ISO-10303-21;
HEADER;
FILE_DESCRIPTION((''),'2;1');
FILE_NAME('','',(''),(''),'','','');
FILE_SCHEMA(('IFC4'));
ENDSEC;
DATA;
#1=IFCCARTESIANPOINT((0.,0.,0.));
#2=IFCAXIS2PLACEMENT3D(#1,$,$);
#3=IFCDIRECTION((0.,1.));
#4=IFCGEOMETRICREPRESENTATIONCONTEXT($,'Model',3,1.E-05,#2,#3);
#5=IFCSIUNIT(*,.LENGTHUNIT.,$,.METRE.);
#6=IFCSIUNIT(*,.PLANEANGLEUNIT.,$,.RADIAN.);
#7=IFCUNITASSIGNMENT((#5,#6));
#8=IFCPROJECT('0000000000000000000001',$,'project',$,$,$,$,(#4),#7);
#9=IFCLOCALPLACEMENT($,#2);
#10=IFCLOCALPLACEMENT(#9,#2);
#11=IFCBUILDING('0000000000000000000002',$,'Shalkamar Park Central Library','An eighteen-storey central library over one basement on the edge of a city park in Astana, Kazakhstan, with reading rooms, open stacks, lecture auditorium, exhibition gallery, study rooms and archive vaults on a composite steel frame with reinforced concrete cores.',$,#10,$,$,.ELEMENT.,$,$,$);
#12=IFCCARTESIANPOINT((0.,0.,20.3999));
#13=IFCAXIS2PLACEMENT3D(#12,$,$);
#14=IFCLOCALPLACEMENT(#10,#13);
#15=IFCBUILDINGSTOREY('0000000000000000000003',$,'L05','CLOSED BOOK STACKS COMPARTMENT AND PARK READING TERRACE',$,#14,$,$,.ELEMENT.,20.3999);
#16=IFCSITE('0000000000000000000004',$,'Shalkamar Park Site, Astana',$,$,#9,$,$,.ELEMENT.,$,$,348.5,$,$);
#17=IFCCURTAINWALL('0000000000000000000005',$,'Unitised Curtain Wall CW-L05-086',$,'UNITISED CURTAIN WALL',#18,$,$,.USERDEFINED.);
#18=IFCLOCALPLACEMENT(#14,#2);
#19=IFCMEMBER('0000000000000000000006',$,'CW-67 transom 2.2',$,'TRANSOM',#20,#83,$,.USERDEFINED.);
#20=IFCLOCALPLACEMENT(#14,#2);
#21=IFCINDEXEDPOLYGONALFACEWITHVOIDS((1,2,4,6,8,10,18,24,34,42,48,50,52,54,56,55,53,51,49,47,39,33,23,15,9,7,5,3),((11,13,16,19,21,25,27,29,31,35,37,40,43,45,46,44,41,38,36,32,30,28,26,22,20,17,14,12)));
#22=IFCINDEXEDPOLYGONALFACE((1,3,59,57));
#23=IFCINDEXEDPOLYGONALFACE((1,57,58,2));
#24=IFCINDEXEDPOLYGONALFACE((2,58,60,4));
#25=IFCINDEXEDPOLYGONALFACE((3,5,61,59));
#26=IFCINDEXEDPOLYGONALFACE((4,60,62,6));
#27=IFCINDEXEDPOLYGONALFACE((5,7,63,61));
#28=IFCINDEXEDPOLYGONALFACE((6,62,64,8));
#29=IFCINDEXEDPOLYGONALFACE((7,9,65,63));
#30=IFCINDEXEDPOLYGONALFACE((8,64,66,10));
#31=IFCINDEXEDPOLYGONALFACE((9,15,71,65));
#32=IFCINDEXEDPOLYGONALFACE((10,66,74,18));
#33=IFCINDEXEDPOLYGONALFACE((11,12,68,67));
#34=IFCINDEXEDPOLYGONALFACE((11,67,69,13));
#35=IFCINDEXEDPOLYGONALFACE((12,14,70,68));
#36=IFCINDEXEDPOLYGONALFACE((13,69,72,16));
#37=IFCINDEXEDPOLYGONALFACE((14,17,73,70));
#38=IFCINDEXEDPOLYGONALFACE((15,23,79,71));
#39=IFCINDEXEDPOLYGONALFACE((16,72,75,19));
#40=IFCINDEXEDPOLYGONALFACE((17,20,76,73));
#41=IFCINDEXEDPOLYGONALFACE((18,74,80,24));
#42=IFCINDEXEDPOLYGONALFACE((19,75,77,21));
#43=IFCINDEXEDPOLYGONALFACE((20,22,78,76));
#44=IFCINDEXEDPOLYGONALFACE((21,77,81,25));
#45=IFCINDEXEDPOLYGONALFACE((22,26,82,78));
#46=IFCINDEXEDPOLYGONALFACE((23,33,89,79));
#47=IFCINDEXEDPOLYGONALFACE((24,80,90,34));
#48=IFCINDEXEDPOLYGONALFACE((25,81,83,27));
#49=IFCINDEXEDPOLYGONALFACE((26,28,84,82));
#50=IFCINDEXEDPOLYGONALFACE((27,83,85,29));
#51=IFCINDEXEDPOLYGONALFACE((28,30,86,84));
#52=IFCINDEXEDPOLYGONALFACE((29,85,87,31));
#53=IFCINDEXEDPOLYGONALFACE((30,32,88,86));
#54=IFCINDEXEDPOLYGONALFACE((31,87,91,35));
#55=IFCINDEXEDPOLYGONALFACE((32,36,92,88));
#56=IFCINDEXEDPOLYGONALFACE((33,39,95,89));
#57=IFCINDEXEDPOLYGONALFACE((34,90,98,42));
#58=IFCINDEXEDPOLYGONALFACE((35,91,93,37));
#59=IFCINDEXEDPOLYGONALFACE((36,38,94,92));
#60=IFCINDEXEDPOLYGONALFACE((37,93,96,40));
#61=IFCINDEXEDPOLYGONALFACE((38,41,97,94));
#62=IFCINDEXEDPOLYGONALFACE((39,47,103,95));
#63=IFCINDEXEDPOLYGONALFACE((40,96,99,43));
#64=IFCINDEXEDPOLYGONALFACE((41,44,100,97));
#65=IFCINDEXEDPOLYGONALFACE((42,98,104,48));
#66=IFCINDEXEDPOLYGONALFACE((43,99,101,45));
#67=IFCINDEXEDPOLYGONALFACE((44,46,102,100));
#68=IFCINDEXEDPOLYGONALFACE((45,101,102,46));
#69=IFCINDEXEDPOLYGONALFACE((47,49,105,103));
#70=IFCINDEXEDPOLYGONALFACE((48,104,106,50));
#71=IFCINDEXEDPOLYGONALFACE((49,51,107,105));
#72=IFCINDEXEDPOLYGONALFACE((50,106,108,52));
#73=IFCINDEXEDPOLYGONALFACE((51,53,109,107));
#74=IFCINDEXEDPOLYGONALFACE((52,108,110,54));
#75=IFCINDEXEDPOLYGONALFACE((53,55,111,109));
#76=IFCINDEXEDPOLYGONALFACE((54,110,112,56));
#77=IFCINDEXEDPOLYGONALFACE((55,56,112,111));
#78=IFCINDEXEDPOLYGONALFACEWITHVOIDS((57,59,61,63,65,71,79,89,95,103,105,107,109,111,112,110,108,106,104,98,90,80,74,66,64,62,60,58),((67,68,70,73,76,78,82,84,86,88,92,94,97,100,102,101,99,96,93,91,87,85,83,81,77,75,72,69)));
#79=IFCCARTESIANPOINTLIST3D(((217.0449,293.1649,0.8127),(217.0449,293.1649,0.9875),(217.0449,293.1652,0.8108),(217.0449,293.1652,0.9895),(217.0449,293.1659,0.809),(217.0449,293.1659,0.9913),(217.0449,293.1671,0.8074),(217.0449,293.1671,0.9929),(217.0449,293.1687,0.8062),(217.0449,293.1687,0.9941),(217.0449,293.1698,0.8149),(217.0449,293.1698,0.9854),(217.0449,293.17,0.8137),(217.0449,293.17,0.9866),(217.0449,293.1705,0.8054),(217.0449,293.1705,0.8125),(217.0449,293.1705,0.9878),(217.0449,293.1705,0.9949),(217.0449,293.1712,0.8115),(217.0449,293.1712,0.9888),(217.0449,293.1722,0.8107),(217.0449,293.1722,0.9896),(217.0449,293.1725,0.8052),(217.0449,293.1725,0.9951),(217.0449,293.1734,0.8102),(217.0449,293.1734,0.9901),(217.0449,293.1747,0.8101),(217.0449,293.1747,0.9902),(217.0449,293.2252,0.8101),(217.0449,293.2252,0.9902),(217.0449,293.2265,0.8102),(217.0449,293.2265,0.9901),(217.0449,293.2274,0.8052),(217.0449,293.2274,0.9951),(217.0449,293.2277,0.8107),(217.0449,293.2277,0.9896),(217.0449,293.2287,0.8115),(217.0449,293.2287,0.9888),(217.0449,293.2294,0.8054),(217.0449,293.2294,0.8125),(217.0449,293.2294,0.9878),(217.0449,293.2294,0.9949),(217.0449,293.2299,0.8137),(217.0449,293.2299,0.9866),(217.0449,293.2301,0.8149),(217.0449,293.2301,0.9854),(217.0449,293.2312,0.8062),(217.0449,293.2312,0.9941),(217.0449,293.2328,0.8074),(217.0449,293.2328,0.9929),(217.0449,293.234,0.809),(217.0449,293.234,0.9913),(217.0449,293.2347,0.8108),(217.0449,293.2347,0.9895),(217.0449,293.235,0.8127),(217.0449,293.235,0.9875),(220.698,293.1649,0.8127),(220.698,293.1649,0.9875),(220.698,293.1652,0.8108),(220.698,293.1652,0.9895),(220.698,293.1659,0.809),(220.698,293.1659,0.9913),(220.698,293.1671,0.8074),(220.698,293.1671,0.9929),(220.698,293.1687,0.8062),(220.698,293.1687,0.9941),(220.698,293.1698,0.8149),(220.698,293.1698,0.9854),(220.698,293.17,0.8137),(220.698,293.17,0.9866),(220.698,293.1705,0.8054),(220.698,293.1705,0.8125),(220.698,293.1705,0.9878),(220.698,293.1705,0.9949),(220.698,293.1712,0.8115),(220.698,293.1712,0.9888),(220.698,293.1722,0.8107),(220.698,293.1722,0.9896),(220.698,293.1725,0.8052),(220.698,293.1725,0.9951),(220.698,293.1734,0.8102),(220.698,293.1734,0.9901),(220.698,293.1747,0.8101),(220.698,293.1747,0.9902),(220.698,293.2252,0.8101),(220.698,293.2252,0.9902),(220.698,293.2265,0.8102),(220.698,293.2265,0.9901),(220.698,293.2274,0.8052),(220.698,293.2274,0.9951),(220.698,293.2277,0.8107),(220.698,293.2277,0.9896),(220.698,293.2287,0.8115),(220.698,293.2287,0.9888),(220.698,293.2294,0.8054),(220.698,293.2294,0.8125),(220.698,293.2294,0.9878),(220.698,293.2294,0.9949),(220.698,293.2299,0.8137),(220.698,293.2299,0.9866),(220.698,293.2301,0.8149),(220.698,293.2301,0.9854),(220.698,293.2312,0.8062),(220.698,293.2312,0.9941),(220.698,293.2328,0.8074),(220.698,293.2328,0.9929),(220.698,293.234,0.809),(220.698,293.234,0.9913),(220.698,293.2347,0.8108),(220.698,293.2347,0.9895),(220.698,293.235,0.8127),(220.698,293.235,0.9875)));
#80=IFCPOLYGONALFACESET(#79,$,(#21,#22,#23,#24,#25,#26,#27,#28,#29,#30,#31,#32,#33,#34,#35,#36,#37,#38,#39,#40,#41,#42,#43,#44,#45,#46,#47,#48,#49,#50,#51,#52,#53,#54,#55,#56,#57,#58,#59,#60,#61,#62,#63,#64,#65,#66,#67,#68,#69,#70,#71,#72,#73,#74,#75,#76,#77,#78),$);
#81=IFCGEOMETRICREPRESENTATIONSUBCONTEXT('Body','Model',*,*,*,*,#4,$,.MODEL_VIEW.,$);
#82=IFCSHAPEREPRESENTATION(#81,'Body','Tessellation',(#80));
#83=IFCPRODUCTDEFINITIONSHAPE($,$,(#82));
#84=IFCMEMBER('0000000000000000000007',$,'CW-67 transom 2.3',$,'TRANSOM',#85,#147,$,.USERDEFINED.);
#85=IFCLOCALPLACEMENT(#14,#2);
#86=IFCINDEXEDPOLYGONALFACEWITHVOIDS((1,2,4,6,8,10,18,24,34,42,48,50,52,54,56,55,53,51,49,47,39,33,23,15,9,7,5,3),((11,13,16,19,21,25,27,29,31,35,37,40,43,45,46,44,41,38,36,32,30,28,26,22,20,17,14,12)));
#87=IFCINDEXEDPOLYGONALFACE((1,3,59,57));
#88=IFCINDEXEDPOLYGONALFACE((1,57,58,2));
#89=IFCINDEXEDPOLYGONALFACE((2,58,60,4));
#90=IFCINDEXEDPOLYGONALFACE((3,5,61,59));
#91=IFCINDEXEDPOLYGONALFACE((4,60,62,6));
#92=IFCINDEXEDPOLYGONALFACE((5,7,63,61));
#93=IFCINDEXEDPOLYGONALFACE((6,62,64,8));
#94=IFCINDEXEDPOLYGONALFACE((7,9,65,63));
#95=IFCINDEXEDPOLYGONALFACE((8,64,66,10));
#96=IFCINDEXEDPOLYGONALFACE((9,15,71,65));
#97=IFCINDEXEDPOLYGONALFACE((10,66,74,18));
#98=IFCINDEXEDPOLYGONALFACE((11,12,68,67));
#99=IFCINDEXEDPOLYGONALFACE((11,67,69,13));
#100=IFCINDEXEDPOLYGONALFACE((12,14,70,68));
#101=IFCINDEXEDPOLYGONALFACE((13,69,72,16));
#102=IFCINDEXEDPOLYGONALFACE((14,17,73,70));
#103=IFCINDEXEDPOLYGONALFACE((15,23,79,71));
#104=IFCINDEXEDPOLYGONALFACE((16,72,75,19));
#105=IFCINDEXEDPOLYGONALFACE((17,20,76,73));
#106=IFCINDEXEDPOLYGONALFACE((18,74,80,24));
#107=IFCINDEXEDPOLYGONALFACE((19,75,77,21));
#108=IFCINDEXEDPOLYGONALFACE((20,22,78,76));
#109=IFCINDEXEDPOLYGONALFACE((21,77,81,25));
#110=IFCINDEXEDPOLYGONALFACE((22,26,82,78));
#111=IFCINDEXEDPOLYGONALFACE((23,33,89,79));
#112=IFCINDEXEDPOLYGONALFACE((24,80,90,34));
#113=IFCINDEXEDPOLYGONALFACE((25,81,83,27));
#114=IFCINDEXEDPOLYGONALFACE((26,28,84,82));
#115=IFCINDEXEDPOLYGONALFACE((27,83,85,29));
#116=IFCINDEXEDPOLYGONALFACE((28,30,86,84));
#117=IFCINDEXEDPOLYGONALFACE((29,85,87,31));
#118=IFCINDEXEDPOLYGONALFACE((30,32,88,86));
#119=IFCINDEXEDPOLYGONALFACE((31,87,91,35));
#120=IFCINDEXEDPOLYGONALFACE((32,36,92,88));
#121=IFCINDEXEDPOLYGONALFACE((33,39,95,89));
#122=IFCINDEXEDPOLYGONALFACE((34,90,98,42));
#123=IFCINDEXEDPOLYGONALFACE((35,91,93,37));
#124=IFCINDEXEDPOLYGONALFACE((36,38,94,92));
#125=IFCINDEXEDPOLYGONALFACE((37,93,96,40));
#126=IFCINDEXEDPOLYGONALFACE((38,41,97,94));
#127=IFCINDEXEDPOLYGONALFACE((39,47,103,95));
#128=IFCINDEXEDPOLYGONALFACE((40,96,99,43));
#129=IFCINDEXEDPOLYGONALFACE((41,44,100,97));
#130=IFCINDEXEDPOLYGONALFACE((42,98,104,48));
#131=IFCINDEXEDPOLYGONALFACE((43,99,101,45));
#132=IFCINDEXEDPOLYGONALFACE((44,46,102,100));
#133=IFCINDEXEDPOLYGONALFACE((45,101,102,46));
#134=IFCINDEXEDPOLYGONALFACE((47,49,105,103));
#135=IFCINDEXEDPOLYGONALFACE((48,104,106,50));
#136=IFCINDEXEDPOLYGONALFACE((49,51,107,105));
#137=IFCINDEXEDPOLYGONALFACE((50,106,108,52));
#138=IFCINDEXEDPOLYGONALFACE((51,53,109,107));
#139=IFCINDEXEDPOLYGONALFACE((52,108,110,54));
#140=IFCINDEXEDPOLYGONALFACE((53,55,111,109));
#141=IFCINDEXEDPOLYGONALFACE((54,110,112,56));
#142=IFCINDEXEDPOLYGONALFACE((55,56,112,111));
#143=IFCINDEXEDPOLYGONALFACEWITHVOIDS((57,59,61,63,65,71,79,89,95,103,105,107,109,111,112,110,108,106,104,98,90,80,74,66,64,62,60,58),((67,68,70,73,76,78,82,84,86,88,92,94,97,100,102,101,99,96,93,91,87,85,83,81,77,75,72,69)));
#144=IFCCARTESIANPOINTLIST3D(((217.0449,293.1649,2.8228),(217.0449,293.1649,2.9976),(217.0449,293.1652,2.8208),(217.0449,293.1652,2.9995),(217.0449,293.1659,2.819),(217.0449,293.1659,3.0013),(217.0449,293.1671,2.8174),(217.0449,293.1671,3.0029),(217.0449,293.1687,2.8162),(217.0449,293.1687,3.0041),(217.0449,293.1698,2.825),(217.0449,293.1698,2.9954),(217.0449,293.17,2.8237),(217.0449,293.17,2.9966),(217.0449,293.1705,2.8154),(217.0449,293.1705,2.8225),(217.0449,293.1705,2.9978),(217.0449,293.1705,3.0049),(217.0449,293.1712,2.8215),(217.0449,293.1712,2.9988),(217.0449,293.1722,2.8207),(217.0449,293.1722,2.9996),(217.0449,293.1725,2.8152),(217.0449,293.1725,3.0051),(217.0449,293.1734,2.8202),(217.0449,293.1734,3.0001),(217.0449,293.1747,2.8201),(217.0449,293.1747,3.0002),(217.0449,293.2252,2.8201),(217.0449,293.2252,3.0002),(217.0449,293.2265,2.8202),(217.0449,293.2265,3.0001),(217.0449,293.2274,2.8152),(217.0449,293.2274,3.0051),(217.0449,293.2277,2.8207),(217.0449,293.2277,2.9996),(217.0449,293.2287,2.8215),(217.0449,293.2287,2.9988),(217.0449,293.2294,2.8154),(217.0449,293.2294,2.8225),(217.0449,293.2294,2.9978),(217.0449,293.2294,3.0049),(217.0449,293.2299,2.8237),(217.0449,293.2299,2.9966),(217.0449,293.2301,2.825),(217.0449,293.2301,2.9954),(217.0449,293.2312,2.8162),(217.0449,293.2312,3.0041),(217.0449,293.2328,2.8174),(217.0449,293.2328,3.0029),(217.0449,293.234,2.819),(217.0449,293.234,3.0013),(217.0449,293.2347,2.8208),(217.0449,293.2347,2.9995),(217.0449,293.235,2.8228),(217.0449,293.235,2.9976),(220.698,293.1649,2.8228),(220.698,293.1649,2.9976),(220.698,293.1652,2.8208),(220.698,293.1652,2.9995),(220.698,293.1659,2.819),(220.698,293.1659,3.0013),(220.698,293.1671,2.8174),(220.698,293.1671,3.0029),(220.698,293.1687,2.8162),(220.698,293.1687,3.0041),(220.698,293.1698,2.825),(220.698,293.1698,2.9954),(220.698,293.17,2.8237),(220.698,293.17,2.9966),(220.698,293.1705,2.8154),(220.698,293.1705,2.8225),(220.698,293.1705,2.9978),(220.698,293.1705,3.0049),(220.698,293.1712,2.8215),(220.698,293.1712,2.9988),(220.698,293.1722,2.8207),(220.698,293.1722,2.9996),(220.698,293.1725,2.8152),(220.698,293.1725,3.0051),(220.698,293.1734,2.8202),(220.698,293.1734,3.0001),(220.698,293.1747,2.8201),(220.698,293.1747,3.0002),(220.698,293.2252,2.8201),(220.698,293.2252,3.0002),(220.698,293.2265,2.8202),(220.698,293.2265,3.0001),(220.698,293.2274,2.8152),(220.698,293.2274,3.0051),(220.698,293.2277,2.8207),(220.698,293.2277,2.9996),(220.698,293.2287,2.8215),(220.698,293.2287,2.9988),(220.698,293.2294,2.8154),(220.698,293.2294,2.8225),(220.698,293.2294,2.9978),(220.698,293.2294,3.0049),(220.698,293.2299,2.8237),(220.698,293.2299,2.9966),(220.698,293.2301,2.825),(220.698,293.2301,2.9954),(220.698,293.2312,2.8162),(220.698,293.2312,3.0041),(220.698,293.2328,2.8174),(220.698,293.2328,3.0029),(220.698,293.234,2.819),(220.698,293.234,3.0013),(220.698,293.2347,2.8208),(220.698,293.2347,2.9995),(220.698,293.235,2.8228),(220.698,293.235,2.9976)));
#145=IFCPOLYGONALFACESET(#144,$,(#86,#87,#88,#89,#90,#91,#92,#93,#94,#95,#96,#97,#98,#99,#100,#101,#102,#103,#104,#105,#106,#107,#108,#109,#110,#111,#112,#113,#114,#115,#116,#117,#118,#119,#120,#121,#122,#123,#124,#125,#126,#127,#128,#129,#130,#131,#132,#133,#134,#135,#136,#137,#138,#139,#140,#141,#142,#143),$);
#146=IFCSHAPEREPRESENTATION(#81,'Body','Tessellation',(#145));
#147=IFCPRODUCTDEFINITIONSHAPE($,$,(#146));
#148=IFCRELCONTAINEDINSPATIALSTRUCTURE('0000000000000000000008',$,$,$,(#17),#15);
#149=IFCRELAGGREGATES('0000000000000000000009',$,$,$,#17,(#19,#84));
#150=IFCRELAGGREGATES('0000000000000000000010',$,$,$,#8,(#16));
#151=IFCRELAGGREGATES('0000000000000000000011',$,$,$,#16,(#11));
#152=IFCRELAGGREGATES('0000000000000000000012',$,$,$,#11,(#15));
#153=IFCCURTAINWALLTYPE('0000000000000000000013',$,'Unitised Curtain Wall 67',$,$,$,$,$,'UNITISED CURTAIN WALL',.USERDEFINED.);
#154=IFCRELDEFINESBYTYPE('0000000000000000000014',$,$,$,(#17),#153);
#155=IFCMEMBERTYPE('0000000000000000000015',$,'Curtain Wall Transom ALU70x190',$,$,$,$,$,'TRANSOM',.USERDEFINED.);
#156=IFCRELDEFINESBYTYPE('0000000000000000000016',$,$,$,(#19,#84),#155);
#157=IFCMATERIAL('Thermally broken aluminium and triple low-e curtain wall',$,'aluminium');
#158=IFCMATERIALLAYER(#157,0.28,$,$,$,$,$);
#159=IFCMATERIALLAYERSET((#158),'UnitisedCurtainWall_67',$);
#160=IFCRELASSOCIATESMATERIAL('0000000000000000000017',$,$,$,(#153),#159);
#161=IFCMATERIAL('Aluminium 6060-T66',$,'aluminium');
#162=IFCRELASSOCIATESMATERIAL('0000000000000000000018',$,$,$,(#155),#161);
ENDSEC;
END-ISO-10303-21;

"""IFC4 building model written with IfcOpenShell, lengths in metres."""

from ifc_helpers import new_model, si_unit, direction, frame, origin, origin_2d, place, context, subcontext, project, spatial, hollow_rectangle, extrude, material, layer, layer_set, material_profile, profile_set, type_object, element, aggregate, save


model = new_model("IFC4")

# Units and contexts
model_context = context("Model", 3, precision=1e-05, world=origin(), true_north=direction((0.0, 1.0)))
body_context = subcontext(model_context, "Body", "Model", "MODEL_VIEW")
ifc_project = project(units=[si_unit("LENGTHUNIT", "METRE"), si_unit("PLANEANGLEUNIT", "RADIAN")], contexts=[model_context])

# Site, building, storey
site_placement = place(None, origin())
site = spatial("IfcSite", under=ifc_project, at=site_placement, Name="Shalkamar Park Site, Astana", CompositionType="ELEMENT", RefElevation=348.5)
building_placement = place(site_placement, origin())
building = spatial("IfcBuilding", under=site, at=building_placement, Name="Shalkamar Park Central Library", Description="An eighteen-storey central library over one basement on the edge of a city park in Astana, Kazakhstan, with reading rooms, open stacks, lecture auditorium, exhibition gallery, study rooms and archive vaults on a composite steel frame with reinforced concrete cores.", CompositionType="ELEMENT")
storey_placement = place(building_placement, frame((0.0, 0.0, 20.3999)))
storey = spatial("IfcBuildingStorey", under=building, at=storey_placement, Name="L05", Description="CLOSED BOOK STACKS COMPARTMENT AND PARK READING TERRACE", CompositionType="ELEMENT", Elevation=20.3999)

# Curtain wall, members
ifc_material_1 = material(Name="Thermally broken aluminium and triple low-e curtain wall", Category="aluminium")
ifc_layer_1 = layer(ifc_material_1, 0.28)
ifc_layer_set_1 = layer_set([ifc_layer_1], Name="UnitisedCurtainWall_67")
curtain_wall_type = type_object("IfcCurtainWallType", Name="Unitised Curtain Wall 67", ElementType="UNITISED CURTAIN WALL", PredefinedType="USERDEFINED", material=ifc_layer_set_1)
curtain_wall_placement = place(storey_placement, origin())
curtain_wall = element("IfcCurtainWall", 1, at=curtain_wall_placement, inside=storey, type_object=curtain_wall_type, Name="Unitised Curtain Wall CW-L05-086", ObjectType="UNITISED CURTAIN WALL", PredefinedType="USERDEFINED")
ifc_material_2 = material(Name="Aluminium 6060-T66", Category="aluminium")
ifc_material_profile_1 = material_profile(ifc_material_2, hollow_rectangle(XDim=0.0701, YDim=0.1899, WallThickness=0.0049, InnerFilletRadius=0.0049, OuterFilletRadius=0.0076, at=origin_2d()), Name="ALU 70x190x5")
ifc_profile_set_1 = profile_set([ifc_material_profile_1], Name="Aluminium 6060-T66")
member_type_1 = type_object("IfcMemberType", Name="Curtain Wall Transom ALU70x190", ElementType="TRANSOM", PredefinedType="USERDEFINED", material=ifc_profile_set_1)
member_1_placement = place(storey_placement, frame((217.0449, 293.2, 0.9001), z_axis=(1.0, 0.0, 0.0), x_axis=(0.0, 1.0, 0.0)))
member_1 = element("IfcMember", 2, at=member_1_placement, type_object=member_type_1, Name="CW-67 transom 2.2", ObjectType="TRANSOM", PredefinedType="USERDEFINED", context=body_context, shape_type="SweptSolid", body=[
    extrude(hollow_rectangle(XDim=0.0701, YDim=0.1899, WallThickness=0.0049, InnerFilletRadius=0.0049, OuterFilletRadius=0.0076, at=origin_2d()), origin(), (0.0, 0.0, 1.0), 3.6531),
])
member_2_placement = place(storey_placement, frame((217.0449, 293.2, 2.9102), z_axis=(1.0, 0.0, 0.0), x_axis=(0.0, 1.0, 0.0)))
member_2 = element("IfcMember", 3, at=member_2_placement, type_object=member_type_1, Name="CW-67 transom 2.3", ObjectType="TRANSOM", PredefinedType="USERDEFINED", context=body_context, shape_type="SweptSolid", body=[
    extrude(hollow_rectangle(XDim=0.0701, YDim=0.1899, WallThickness=0.0049, InnerFilletRadius=0.0049, OuterFilletRadius=0.0076, at=origin_2d()), origin(), (0.0, 0.0, 1.0), 3.6531),
])

aggregate(curtain_wall, [member_1, member_2])

save(model, "model.ifc")
